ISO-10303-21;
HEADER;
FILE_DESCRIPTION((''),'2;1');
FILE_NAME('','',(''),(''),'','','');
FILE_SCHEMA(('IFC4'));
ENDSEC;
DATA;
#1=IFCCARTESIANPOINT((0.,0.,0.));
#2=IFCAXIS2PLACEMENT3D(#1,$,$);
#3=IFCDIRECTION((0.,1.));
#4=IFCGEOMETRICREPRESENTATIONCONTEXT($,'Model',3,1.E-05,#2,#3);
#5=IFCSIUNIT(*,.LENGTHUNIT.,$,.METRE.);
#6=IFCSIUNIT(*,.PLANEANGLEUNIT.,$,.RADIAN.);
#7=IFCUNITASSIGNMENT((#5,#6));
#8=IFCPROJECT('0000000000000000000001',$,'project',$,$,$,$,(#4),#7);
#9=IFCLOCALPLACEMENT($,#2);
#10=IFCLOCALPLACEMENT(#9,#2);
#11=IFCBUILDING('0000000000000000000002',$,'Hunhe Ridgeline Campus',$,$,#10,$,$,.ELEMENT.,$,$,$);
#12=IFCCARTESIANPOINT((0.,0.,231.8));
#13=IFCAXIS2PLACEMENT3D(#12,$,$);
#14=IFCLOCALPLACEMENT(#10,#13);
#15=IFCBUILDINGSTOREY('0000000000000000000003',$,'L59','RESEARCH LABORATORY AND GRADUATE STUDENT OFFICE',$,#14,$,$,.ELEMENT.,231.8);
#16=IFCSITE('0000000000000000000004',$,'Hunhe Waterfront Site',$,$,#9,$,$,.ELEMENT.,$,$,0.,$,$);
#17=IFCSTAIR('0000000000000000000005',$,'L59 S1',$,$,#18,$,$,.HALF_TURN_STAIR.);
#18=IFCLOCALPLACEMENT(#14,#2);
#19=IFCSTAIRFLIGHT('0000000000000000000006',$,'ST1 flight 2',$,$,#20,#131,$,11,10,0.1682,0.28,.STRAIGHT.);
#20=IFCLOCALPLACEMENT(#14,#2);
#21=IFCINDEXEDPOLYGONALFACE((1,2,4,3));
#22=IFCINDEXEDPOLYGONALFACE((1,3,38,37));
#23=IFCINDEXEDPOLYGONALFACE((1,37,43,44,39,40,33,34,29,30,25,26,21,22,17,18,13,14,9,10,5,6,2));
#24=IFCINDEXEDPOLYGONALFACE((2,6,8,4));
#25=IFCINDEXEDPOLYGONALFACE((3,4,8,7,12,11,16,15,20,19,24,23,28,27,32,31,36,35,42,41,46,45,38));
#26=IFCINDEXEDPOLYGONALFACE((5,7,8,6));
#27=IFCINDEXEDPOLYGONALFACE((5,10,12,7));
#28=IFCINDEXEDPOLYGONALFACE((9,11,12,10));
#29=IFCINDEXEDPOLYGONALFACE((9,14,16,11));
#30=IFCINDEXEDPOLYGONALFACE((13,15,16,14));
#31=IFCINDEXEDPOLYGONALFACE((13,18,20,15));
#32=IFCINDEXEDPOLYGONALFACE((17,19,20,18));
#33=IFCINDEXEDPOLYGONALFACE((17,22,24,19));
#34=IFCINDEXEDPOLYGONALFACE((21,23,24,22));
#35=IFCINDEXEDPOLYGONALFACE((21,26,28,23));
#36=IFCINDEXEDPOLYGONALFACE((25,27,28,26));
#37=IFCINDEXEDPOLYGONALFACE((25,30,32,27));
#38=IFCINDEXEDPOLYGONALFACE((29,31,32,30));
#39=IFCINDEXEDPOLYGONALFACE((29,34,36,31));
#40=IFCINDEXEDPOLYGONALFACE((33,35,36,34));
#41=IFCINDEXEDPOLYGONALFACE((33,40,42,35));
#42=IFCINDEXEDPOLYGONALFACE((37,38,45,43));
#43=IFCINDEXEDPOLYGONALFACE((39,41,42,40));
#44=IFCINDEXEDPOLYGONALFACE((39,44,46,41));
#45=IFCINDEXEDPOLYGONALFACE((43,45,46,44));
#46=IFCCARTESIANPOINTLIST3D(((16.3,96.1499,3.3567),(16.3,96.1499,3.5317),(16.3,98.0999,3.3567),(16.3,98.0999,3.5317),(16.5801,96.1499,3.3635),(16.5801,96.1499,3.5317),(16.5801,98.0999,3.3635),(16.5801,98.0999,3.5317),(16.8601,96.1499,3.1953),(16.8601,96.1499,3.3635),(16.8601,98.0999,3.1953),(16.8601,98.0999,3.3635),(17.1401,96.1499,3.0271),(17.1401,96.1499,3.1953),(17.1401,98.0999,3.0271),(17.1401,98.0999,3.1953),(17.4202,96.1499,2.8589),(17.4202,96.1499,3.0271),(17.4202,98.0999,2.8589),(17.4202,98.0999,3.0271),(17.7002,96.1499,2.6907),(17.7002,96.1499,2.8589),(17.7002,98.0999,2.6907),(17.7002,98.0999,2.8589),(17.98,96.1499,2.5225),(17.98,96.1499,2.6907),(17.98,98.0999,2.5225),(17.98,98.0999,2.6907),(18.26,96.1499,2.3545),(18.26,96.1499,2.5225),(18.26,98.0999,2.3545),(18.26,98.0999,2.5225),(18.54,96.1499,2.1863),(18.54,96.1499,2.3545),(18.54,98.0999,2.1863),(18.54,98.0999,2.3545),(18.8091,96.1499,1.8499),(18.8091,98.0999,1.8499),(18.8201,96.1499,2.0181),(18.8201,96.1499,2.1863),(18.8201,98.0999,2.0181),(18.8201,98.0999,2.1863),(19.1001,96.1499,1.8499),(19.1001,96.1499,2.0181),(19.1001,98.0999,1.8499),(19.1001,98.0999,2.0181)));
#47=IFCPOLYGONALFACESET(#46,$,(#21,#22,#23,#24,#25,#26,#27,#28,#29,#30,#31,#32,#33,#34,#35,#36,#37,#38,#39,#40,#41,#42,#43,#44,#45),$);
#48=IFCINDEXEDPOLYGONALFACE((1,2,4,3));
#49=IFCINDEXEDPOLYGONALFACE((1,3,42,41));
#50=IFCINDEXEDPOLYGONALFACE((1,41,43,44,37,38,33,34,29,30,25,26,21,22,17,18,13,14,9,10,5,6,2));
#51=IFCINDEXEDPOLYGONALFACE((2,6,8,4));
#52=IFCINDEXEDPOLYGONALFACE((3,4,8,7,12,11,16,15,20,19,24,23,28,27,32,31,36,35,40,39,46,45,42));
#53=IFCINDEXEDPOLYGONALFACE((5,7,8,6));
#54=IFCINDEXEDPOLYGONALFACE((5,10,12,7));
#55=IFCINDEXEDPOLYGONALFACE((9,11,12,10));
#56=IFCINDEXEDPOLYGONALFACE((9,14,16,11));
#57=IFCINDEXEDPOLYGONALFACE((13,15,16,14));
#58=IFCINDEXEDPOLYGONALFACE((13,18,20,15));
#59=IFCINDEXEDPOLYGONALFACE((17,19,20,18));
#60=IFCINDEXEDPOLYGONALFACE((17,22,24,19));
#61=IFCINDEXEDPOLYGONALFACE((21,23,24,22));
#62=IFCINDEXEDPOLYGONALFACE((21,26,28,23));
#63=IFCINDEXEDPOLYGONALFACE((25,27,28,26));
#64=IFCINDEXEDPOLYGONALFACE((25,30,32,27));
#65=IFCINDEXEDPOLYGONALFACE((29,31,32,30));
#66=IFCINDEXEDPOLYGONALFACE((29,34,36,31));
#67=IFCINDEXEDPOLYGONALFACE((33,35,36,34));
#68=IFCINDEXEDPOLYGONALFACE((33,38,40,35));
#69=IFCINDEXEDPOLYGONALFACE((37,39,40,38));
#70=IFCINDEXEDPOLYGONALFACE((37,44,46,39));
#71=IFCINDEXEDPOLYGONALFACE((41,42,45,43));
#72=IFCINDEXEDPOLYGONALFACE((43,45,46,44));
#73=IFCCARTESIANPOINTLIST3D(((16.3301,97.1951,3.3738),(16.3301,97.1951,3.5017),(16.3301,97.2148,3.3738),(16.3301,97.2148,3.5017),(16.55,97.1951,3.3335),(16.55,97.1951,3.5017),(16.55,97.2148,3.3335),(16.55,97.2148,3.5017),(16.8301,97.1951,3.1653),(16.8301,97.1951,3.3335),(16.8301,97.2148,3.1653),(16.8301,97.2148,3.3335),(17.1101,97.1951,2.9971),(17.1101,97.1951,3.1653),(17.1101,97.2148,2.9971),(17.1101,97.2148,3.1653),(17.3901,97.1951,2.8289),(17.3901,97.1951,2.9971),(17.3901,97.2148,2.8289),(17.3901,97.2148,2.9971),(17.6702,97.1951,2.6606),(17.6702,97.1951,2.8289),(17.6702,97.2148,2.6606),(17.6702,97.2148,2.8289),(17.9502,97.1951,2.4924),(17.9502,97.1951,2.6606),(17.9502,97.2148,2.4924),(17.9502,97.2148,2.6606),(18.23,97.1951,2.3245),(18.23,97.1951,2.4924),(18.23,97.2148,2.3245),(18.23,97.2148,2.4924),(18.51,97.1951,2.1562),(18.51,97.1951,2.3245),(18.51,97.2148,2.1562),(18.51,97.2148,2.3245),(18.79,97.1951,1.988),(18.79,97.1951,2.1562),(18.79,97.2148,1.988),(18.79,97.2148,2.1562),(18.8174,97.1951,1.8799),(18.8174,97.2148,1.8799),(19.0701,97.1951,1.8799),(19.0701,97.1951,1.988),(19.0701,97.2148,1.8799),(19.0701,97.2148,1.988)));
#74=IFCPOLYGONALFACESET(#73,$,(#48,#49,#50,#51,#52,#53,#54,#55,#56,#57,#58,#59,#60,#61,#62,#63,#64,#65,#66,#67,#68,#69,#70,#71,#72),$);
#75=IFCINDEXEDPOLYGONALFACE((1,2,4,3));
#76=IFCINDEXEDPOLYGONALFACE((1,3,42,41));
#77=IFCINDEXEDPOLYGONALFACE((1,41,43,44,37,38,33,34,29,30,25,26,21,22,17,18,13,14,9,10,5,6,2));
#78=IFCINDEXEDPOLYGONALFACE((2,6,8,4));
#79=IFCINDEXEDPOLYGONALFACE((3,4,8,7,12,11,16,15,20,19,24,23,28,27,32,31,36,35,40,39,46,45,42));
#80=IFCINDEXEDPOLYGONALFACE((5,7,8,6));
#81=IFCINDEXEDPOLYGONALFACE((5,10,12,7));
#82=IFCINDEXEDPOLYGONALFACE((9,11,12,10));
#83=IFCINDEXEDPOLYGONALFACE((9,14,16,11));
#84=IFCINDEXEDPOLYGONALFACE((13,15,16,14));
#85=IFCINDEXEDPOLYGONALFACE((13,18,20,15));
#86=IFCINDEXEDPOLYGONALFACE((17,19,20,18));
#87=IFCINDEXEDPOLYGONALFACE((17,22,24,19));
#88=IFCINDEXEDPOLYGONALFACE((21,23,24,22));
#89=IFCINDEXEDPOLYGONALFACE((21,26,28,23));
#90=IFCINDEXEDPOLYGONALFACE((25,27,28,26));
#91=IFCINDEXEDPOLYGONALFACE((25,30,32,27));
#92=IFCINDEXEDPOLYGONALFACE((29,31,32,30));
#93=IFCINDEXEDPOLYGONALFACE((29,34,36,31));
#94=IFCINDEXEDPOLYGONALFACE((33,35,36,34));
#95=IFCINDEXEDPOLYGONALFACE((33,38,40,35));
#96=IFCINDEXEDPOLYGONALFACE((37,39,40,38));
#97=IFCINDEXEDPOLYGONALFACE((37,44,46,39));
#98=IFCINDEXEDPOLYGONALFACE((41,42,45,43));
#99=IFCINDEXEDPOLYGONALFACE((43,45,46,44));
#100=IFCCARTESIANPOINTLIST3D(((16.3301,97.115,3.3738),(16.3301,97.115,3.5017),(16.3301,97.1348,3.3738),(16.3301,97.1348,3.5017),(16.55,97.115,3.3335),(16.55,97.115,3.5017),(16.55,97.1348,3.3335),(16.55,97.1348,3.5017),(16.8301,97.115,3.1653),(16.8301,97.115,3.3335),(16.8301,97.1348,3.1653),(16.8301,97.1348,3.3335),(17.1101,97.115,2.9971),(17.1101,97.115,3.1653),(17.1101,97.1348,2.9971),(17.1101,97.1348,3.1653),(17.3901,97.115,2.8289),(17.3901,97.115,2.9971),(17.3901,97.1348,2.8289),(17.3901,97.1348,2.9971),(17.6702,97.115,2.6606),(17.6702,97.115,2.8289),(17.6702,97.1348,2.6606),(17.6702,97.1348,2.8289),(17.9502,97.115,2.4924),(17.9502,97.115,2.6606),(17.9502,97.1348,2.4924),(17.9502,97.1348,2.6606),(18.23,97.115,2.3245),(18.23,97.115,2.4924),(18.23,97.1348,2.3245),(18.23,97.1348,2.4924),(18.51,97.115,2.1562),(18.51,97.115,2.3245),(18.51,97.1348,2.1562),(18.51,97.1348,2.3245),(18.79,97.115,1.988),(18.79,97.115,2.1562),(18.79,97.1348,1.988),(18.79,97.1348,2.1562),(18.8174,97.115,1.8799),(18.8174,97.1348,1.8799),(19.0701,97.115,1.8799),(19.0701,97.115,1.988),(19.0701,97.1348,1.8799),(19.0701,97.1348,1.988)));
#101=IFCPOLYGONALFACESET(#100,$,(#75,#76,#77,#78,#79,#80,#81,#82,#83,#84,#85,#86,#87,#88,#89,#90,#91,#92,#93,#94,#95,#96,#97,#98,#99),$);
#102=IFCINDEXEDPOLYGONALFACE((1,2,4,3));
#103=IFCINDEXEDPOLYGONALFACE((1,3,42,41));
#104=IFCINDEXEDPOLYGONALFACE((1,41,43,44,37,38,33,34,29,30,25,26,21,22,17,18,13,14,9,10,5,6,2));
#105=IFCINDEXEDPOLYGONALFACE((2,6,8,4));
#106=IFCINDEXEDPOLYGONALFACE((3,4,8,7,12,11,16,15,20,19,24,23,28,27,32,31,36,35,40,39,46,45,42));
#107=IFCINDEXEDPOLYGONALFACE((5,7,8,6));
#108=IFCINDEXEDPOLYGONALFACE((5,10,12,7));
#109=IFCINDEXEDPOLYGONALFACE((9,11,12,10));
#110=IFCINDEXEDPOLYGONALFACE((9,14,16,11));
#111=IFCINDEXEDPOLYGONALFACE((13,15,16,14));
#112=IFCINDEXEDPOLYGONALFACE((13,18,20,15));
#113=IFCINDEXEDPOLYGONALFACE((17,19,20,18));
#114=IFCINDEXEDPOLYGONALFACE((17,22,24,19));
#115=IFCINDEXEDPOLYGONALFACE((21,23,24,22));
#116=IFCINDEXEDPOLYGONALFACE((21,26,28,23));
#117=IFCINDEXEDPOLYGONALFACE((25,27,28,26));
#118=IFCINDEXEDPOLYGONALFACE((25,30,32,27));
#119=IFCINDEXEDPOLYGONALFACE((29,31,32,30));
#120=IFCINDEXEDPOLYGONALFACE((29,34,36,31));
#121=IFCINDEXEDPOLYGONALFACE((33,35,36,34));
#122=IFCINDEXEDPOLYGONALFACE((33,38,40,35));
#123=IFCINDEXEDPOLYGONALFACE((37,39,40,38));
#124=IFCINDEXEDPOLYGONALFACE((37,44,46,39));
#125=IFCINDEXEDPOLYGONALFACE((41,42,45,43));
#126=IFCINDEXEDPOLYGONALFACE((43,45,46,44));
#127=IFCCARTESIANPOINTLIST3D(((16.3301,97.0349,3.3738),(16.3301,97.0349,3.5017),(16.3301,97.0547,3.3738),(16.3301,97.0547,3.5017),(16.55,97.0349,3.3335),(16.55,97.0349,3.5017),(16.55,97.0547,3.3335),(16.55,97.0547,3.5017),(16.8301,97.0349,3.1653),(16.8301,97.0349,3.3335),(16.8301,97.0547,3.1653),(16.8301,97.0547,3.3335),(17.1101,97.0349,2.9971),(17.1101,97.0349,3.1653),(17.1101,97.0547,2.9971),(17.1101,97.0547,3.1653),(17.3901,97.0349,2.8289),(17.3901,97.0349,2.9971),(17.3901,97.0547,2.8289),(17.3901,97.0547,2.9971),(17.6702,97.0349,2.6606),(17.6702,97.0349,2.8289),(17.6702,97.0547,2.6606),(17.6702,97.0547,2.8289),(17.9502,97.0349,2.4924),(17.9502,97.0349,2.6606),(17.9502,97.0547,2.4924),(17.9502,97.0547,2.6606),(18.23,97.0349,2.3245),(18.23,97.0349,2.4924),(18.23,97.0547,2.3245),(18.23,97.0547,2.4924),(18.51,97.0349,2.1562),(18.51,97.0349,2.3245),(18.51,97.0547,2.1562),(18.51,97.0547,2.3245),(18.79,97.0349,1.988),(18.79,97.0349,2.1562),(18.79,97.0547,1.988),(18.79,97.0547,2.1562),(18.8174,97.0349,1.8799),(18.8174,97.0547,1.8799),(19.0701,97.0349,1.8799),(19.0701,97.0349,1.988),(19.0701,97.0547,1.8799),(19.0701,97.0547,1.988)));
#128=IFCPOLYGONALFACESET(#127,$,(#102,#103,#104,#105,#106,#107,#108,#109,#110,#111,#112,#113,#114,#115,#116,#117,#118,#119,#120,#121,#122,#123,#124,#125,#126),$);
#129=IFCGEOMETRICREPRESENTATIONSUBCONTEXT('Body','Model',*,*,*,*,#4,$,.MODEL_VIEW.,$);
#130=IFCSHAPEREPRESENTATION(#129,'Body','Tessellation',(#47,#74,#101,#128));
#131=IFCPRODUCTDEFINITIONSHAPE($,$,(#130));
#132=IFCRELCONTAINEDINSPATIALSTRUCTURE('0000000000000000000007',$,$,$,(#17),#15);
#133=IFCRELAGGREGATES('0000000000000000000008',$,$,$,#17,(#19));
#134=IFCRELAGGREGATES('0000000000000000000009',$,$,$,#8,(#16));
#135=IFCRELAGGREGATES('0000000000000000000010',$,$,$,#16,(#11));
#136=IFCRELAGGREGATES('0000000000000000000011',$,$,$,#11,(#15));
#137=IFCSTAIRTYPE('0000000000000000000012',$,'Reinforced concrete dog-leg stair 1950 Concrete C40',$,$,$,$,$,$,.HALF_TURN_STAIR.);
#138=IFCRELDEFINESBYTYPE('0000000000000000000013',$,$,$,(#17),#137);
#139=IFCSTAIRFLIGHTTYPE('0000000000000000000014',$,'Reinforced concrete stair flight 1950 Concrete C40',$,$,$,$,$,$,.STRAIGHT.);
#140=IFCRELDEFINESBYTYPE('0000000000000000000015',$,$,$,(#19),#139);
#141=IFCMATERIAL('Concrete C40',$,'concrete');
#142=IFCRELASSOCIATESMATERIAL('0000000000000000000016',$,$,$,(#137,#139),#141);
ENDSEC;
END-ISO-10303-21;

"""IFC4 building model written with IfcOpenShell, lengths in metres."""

from ifc_helpers import new_model, si_unit, direction, frame, origin, place, context, subcontext, project, spatial, polyline, outline, extrude, material, type_object, element, aggregate, save


model = new_model("IFC4")

# Units and contexts
model_context = context("Model", 3, precision=1e-05, world=origin(), true_north=direction((0.0, 1.0)))
body_context = subcontext(model_context, "Body", "Model", "MODEL_VIEW")
ifc_project = project(units=[si_unit("LENGTHUNIT", "METRE"), si_unit("PLANEANGLEUNIT", "RADIAN")], contexts=[model_context])

# Site, building, storey
site_placement = place(None, origin())
site = spatial("IfcSite", under=ifc_project, at=site_placement, Name="Hunhe Waterfront Site", CompositionType="ELEMENT", RefElevation=0.0)
building_placement = place(site_placement, origin())
building = spatial("IfcBuilding", under=site, at=building_placement, Name="Hunhe Ridgeline Campus", CompositionType="ELEMENT")
storey_placement = place(building_placement, frame((0.0, 0.0, 231.8)))
storey = spatial("IfcBuildingStorey", under=building, at=storey_placement, Name="L59", Description="RESEARCH LABORATORY AND GRADUATE STUDENT OFFICE", CompositionType="ELEMENT", Elevation=231.8)

# Stair, stair flight
ifc_material_1 = material(Name="Concrete C40", Category="concrete")
stair_type = type_object("IfcStairType", Name="Reinforced concrete dog-leg stair 1950 Concrete C40", PredefinedType="HALF_TURN_STAIR", material=ifc_material_1)
stair_placement = place(storey_placement, origin())
stair = element("IfcStair", 1, at=stair_placement, inside=storey, type_object=stair_type, Name="L59 S1", PredefinedType="HALF_TURN_STAIR")
stair_flight_type = type_object("IfcStairFlightType", Name="Reinforced concrete stair flight 1950 Concrete C40", PredefinedType="STRAIGHT", material=ifc_material_1)
stair_flight_1_placement = place(storey_placement, frame((19.1001, 97.125, 1.8499), z_axis=(0.0, 0.0, 1.0), x_axis=(-1.0, 0.0, 0.0)))
stair_flight_1 = element("IfcStairFlight", 2, at=stair_flight_1_placement, type_object=stair_flight_type, Name="ST1 flight 2", NumberOfRisers=11, NumberOfTreads=10, PredefinedType="STRAIGHT", RiserHeight=0.1682, TreadLength=0.28, context=body_context, shape_type="SweptSolid", body=[
    extrude(outline(polyline([(0.0, 0.0), (0.0, 0.1682), (0.28, 0.1682), (0.28, 0.3364), (0.5601, 0.3364), (0.5601, 0.5046), (0.8401, 0.5046), (0.8401, 0.6726), (1.1201, 0.6726), (1.1201, 0.8408), (1.3999, 0.8408), (1.3999, 1.009), (1.6799, 1.009), (1.6799, 1.1772), (1.96, 1.1772), (1.96, 1.3455), (2.24, 1.3455), (2.24, 1.5137), (2.52, 1.5137), (2.52, 1.6819), (2.8, 1.6819), (2.8, 1.8501), (2.8, 1.5068), (0.291, 0.0), (0.0, 0.0)])), frame((0.0, 0.9751, 0.0), z_axis=(0.0, -1.0, 0.0), x_axis=(1.0, 0.0, 0.0)), (0.0, 0.0, 1.0), 1.95),
    extrude(outline(polyline([(0.03, 0.03), (0.03, 0.1382), (0.3101, 0.1382), (0.3101, 0.3064), (0.5901, 0.3064), (0.5901, 0.4746), (0.8701, 0.4746), (0.8701, 0.6426), (1.1499, 0.6426), (1.1499, 0.8108), (1.4299, 0.8108), (1.4299, 0.979), (1.71, 0.979), (1.71, 1.1472), (1.99, 1.1472), (1.99, 1.3154), (2.27, 1.3154), (2.27, 1.4836), (2.55, 1.4836), (2.55, 1.6519), (2.77, 1.6519), (2.77, 1.5239), (0.2827, 0.03), (0.03, 0.03)])), frame((0.0, -0.0701, 0.0), z_axis=(0.0, -1.0, 0.0), x_axis=(1.0, 0.0, 0.0)), (0.0, 0.0, 1.0), 0.0198),
    extrude(outline(polyline([(0.03, 0.03), (0.03, 0.1382), (0.3101, 0.1382), (0.3101, 0.3064), (0.5901, 0.3064), (0.5901, 0.4746), (0.8701, 0.4746), (0.8701, 0.6426), (1.1499, 0.6426), (1.1499, 0.8108), (1.4299, 0.8108), (1.4299, 0.979), (1.71, 0.979), (1.71, 1.1472), (1.99, 1.1472), (1.99, 1.3154), (2.27, 1.3154), (2.27, 1.4836), (2.55, 1.4836), (2.55, 1.6519), (2.77, 1.6519), (2.77, 1.5239), (0.2827, 0.03), (0.03, 0.03)])), frame((0.0, 0.01, 0.0), z_axis=(0.0, -1.0, 0.0), x_axis=(1.0, 0.0, 0.0)), (0.0, 0.0, 1.0), 0.0198),
    extrude(outline(polyline([(0.03, 0.03), (0.03, 0.1382), (0.3101, 0.1382), (0.3101, 0.3064), (0.5901, 0.3064), (0.5901, 0.4746), (0.8701, 0.4746), (0.8701, 0.6426), (1.1499, 0.6426), (1.1499, 0.8108), (1.4299, 0.8108), (1.4299, 0.979), (1.71, 0.979), (1.71, 1.1472), (1.99, 1.1472), (1.99, 1.3154), (2.27, 1.3154), (2.27, 1.4836), (2.55, 1.4836), (2.55, 1.6519), (2.77, 1.6519), (2.77, 1.5239), (0.2827, 0.03), (0.03, 0.03)])), frame((0.0, 0.0901, 0.0), z_axis=(0.0, -1.0, 0.0), x_axis=(1.0, 0.0, 0.0)), (0.0, 0.0, 1.0), 0.0198),
])
aggregate(stair, [stair_flight_1])

save(model, "model.ifc")
